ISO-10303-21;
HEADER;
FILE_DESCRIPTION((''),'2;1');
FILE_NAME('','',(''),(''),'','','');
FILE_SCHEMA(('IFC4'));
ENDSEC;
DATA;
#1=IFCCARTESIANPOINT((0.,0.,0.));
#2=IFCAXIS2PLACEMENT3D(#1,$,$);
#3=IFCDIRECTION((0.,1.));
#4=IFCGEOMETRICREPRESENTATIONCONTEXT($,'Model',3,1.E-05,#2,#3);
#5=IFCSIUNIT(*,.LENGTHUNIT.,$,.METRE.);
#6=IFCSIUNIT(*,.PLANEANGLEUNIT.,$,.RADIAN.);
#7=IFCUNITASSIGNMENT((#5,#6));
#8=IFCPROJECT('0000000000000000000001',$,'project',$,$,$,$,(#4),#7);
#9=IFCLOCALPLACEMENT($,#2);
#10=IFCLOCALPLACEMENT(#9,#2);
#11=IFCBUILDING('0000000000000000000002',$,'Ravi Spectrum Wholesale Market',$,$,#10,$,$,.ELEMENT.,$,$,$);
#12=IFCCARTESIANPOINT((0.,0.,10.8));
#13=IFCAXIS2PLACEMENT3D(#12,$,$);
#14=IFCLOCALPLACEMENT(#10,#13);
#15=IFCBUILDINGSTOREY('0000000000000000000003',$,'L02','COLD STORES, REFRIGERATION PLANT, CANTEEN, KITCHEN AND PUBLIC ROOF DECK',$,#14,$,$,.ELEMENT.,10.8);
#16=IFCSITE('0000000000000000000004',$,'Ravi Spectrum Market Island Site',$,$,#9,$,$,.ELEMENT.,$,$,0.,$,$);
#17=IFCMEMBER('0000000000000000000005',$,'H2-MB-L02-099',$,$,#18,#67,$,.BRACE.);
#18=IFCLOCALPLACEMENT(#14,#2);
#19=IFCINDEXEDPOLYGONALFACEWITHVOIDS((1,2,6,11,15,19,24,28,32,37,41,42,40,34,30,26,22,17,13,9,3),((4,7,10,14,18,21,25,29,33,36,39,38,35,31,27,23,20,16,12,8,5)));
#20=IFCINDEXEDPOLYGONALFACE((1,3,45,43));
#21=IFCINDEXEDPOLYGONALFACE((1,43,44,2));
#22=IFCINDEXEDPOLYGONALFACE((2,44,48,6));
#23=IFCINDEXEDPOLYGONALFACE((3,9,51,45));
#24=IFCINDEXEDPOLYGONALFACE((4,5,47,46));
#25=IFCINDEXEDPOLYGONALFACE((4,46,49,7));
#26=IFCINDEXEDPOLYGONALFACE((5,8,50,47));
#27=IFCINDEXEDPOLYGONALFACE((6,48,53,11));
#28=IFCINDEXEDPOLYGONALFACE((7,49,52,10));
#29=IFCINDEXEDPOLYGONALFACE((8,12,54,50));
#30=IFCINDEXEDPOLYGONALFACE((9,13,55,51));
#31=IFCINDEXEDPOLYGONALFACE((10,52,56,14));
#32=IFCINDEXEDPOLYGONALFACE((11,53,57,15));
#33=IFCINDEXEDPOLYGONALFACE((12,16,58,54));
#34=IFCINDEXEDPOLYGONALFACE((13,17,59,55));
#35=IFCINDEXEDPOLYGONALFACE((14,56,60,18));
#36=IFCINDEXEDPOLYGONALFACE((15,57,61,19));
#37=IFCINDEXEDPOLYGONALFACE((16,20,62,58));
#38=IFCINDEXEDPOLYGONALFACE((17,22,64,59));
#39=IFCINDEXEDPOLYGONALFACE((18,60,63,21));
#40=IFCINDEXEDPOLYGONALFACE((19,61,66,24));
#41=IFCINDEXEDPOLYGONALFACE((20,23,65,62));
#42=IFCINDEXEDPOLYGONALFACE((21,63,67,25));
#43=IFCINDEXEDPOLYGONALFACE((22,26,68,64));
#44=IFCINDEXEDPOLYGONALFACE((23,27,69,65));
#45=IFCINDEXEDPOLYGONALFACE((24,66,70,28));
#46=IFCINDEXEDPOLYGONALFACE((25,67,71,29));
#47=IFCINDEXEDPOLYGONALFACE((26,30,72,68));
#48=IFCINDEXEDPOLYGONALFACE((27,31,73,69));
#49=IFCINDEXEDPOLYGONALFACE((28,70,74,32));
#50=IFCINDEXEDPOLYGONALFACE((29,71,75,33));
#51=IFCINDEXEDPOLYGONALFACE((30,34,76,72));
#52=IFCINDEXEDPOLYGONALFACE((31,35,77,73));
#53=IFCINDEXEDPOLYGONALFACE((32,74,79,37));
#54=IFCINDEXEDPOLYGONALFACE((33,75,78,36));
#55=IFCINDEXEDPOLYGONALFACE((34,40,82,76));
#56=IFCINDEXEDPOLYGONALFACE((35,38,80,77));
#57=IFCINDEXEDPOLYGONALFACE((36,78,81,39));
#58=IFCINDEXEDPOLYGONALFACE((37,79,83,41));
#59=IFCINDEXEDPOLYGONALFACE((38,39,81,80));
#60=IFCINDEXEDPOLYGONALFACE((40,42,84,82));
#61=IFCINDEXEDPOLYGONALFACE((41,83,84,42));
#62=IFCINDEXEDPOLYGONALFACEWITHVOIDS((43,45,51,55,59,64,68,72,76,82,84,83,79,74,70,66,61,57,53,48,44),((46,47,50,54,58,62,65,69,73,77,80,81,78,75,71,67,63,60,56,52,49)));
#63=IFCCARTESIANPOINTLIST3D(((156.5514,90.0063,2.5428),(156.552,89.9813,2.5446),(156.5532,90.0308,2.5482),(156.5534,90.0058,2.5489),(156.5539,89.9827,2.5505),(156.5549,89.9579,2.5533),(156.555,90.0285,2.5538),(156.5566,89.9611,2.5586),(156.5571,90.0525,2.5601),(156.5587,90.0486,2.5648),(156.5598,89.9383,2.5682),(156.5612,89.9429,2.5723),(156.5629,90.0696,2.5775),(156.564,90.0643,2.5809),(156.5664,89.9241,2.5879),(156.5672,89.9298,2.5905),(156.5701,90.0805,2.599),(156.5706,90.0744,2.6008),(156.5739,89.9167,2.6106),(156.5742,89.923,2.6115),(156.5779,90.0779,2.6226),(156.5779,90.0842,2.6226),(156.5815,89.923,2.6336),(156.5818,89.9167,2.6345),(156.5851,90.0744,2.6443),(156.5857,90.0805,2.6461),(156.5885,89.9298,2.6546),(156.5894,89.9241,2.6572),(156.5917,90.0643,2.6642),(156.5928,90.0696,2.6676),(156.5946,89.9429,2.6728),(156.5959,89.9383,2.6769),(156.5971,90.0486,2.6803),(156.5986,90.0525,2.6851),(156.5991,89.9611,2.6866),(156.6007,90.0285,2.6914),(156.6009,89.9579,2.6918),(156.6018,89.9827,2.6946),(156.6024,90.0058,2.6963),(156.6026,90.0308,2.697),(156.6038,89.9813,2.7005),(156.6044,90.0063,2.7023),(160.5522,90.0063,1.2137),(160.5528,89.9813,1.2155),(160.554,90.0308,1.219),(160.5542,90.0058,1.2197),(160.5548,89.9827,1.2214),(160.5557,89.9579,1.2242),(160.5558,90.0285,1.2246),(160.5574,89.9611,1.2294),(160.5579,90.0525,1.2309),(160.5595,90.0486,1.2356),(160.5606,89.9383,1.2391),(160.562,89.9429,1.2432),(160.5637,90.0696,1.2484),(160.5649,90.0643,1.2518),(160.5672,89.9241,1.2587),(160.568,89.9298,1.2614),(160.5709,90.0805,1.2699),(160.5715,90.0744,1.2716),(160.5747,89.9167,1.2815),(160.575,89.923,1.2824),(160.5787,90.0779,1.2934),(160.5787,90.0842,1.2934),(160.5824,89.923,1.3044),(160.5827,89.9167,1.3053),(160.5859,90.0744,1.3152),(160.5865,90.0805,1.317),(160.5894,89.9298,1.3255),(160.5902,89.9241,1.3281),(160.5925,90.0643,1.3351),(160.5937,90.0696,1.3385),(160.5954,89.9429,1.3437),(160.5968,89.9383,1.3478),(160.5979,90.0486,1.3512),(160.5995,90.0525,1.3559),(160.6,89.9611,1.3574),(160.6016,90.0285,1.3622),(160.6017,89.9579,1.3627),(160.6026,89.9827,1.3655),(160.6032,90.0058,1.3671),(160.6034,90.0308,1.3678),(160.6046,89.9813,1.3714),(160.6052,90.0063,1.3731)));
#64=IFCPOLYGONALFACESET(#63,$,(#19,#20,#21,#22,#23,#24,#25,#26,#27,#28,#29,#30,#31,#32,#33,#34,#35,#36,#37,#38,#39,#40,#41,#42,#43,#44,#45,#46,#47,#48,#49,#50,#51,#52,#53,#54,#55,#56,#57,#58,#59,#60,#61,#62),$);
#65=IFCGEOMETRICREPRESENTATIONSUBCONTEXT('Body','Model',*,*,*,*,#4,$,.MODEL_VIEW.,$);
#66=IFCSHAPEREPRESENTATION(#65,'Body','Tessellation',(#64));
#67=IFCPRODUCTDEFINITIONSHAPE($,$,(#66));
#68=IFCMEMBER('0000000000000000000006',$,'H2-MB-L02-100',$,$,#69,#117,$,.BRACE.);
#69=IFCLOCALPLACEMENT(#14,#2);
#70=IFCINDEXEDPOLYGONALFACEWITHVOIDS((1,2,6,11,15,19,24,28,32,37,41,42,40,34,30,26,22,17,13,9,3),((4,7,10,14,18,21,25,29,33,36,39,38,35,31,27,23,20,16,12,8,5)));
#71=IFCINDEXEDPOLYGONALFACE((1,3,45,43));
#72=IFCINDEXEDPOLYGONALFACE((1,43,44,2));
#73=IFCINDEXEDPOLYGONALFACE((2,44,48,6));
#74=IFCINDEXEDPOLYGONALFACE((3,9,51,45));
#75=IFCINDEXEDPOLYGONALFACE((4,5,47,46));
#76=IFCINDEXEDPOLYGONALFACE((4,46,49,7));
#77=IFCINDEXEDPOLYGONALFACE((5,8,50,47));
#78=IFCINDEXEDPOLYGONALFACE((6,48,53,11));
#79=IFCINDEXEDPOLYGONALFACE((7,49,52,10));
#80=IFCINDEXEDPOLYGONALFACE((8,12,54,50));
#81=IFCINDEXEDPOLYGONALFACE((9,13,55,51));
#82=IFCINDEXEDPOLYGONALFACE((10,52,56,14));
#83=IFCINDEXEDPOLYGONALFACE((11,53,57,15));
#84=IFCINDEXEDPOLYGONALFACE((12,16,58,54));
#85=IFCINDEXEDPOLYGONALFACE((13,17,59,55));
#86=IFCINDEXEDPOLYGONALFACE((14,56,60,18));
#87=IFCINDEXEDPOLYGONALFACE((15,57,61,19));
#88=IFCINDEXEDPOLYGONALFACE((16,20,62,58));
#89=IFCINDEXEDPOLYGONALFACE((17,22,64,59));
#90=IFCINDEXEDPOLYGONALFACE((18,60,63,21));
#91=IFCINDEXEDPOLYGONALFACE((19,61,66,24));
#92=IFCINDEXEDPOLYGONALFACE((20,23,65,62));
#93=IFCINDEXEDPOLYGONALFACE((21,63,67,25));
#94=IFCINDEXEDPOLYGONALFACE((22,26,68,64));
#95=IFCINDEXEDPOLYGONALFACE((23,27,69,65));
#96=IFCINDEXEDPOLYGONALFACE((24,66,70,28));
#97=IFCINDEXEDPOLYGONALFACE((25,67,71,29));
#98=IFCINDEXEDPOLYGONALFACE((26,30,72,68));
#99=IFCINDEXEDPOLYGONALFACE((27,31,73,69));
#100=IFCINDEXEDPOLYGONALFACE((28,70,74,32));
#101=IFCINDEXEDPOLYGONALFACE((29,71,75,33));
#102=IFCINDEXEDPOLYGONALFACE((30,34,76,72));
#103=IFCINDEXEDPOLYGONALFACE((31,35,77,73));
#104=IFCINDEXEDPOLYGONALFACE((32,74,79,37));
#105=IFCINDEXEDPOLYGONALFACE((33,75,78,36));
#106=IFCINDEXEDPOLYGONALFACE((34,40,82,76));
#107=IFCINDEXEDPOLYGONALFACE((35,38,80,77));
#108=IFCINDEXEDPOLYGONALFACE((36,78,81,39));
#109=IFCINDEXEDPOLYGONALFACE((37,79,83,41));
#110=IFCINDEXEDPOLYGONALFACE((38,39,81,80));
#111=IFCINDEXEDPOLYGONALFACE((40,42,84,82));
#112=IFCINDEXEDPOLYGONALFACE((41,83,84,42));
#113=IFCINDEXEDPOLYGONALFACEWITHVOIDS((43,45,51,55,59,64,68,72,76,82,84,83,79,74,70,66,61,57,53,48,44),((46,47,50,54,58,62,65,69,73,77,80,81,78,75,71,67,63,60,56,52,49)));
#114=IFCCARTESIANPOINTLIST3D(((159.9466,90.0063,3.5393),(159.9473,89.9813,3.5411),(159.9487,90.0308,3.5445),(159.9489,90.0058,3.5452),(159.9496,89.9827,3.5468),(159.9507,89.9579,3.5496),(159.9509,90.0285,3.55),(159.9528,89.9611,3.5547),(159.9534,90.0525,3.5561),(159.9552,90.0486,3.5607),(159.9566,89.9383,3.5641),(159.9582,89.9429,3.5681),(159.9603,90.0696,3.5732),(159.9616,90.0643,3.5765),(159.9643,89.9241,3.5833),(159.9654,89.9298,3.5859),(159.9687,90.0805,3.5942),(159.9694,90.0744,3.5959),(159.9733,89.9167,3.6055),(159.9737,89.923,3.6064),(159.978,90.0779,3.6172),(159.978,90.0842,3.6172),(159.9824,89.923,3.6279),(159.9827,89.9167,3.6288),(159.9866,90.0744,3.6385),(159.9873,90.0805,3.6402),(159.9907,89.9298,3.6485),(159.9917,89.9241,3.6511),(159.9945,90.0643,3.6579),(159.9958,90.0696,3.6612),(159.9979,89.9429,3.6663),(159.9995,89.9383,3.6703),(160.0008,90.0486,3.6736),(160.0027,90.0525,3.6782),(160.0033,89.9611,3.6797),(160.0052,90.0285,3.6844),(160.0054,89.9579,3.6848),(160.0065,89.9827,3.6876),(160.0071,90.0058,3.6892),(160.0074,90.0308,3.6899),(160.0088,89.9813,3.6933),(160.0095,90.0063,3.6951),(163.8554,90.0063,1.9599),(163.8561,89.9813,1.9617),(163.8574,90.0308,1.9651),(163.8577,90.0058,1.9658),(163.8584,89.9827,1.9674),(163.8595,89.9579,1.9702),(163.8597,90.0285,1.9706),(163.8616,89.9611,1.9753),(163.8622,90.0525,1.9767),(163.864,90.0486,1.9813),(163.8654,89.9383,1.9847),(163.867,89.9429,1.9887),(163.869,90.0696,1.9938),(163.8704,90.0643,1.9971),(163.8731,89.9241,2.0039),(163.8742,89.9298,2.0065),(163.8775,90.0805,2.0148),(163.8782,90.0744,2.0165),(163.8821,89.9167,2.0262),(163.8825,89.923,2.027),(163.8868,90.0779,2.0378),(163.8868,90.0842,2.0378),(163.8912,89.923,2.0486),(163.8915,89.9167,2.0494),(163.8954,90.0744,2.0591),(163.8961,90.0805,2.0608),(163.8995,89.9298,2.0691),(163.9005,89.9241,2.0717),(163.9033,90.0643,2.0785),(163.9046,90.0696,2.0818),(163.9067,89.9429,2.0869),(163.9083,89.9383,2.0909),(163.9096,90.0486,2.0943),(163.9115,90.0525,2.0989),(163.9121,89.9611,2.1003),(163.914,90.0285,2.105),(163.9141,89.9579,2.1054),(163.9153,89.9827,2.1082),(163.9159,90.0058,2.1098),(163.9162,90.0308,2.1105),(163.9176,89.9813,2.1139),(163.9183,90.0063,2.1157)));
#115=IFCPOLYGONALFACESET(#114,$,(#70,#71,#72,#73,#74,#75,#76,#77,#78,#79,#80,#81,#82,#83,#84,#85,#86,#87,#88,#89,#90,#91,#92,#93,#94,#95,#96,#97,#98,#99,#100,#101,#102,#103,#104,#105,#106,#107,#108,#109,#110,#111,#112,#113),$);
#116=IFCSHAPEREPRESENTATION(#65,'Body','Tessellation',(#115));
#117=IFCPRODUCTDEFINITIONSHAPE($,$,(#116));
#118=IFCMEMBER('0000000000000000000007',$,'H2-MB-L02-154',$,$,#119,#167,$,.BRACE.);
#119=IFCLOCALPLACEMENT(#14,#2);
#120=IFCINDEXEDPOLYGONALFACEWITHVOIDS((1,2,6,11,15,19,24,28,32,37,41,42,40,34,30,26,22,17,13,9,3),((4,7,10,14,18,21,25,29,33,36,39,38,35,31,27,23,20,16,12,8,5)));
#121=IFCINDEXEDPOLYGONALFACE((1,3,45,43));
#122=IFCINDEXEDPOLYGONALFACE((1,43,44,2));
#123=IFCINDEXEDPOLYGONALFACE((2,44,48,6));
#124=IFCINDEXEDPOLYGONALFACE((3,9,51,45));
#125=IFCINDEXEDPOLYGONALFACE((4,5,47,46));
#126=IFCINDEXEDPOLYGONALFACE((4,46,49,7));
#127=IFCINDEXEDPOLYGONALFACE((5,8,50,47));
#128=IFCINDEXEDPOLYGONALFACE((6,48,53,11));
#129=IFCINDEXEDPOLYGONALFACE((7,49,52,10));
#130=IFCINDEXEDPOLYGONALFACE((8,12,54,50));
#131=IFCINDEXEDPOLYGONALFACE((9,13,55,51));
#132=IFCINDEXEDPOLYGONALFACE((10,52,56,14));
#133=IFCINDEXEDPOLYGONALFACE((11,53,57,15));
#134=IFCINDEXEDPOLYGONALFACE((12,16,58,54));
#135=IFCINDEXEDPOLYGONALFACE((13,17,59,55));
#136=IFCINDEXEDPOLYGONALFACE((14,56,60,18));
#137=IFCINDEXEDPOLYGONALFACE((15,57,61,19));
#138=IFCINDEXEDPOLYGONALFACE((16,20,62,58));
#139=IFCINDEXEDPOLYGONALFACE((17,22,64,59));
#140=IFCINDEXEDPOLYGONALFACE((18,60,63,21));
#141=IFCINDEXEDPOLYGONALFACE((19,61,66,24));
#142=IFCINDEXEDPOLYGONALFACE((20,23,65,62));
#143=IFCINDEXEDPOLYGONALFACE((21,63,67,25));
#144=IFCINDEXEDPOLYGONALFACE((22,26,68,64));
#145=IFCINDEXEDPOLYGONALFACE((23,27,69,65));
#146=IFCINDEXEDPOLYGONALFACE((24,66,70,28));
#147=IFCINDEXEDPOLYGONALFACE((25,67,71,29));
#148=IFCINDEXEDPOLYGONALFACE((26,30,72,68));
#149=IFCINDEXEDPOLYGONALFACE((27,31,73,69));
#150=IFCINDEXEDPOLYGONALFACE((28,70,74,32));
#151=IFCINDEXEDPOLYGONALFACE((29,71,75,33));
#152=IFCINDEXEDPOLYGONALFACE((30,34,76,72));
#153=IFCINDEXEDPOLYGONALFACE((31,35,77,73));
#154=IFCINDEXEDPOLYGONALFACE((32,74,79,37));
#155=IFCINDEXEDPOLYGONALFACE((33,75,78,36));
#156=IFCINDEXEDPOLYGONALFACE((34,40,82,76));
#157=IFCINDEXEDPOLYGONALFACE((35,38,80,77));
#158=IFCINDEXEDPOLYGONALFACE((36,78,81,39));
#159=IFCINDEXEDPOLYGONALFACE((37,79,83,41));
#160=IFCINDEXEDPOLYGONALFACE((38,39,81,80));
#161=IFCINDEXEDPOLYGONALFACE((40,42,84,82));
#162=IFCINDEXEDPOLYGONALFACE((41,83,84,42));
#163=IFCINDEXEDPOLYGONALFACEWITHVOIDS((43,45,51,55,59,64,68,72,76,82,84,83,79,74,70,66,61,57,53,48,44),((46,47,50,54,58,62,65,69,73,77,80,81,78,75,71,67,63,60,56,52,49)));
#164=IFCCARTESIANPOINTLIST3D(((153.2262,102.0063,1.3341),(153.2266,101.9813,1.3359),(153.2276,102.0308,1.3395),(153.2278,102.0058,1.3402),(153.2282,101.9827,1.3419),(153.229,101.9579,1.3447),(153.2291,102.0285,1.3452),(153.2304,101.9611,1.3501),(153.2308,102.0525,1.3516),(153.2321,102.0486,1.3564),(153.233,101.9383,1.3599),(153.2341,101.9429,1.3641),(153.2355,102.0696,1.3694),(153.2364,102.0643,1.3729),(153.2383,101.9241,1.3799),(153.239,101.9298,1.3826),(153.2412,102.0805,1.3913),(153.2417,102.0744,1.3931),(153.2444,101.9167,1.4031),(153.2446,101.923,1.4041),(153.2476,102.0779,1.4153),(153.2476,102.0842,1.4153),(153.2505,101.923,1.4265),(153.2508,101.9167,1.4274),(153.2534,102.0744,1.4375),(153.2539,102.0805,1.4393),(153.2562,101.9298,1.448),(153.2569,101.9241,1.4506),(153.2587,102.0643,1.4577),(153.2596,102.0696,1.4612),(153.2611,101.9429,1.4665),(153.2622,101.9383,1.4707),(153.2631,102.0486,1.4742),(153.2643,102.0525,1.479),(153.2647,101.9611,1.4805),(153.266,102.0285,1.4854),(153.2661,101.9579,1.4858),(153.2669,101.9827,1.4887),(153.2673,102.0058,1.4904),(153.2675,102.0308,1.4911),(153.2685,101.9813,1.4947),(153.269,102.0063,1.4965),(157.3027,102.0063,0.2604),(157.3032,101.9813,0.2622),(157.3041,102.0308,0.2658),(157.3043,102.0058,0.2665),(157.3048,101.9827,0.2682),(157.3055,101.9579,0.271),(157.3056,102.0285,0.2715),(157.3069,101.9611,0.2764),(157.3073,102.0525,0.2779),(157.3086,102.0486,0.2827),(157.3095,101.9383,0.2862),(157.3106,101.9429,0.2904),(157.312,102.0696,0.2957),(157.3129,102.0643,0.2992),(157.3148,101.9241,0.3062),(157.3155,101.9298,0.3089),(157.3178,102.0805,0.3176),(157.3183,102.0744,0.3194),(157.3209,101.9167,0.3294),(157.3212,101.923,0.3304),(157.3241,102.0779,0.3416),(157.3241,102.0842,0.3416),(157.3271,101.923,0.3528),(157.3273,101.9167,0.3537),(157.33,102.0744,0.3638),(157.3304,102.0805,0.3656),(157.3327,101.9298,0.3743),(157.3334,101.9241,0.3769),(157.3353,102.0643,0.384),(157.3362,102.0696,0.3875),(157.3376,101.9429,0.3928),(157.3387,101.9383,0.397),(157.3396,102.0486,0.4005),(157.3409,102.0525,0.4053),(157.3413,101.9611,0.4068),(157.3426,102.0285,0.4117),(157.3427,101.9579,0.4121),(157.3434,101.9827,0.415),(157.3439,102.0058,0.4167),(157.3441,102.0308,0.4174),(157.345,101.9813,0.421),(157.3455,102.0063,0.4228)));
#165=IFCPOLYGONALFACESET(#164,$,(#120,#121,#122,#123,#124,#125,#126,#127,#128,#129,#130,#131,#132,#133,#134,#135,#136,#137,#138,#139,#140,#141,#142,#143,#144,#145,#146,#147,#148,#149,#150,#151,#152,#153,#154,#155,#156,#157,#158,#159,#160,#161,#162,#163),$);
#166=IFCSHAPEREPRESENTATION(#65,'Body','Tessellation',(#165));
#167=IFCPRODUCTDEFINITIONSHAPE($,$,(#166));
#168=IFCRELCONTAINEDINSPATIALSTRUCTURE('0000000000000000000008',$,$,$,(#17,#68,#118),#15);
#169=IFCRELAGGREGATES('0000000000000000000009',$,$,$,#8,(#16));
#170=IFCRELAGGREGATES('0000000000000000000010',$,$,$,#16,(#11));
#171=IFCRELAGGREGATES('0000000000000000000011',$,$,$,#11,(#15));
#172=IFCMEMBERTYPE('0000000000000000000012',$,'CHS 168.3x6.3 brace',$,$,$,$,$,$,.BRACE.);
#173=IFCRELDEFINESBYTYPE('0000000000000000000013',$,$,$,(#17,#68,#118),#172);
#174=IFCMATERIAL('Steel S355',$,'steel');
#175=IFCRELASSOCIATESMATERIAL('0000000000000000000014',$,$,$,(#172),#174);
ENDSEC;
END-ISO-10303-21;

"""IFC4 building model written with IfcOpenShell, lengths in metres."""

from ifc_helpers import new_model, si_unit, direction, frame, origin, origin_2d, place, context, subcontext, project, spatial, hollow_circle, extrude, material, material_profile, profile_set, type_object, element, save


model = new_model("IFC4")

# Units and contexts
model_context = context("Model", 3, precision=1e-05, world=origin(), true_north=direction((0.0, 1.0)))
body_context = subcontext(model_context, "Body", "Model", "MODEL_VIEW")
ifc_project = project(units=[si_unit("LENGTHUNIT", "METRE"), si_unit("PLANEANGLEUNIT", "RADIAN")], contexts=[model_context])

# Site, building, storey
site_placement = place(None, origin())
site = spatial("IfcSite", under=ifc_project, at=site_placement, Name="Ravi Spectrum Market Island Site", CompositionType="ELEMENT", RefElevation=0.0)
building_placement = place(site_placement, origin())
building = spatial("IfcBuilding", under=site, at=building_placement, Name="Ravi Spectrum Wholesale Market", CompositionType="ELEMENT")
storey_placement = place(building_placement, frame((0.0, 0.0, 10.8)))
storey = spatial("IfcBuildingStorey", under=building, at=storey_placement, Name="L02", Description="COLD STORES, REFRIGERATION PLANT, CANTEEN, KITCHEN AND PUBLIC ROOF DECK", CompositionType="ELEMENT", Elevation=10.8)

# Members
ifc_material_1 = material(Name="Steel S355", Category="steel")
ifc_material_profile_1 = material_profile(ifc_material_1, hollow_circle(Radius=0.0842, WallThickness=0.0063, at=origin_2d()))
ifc_profile_set_1 = profile_set([ifc_material_profile_1], Name="Steel S355")
member_type_1 = type_object("IfcMemberType", Name="CHS 168.3x6.3 brace", PredefinedType="BRACE", material=ifc_profile_set_1)
for number, where, z_axis, x_axis, name in (
    (1, (156.5779, 90.0, 2.6226), (0.949001, 0.0, -0.315272), (0.0, 1.0, 0.0), "H2-MB-L02-099"),
    (2, (159.978, 90.0, 3.6172), (0.927173, 0.0, -0.374633), (0.0, 1.0, 0.0), "H2-MB-L02-100"),
):
    element("IfcMember", number, at=place(storey_placement, frame(where, z_axis=z_axis, x_axis=x_axis)), inside=storey, type_object=member_type_1, Name=name, PredefinedType="BRACE", context=body_context, shape_type="SweptSolid", body=[
        extrude(hollow_circle(Radius=0.0842, WallThickness=0.0063, at=origin_2d()), origin(), (0.0, 0.0, 1.0), 4.2158),
    ])
member_1_placement = place(storey_placement, frame((153.2476, 102.0, 1.4153), z_axis=(0.967021, 0.0, -0.254699), x_axis=(0.0, 1.0, 0.0)))
element("IfcMember", 3, at=member_1_placement, inside=storey, type_object=member_type_1, Name="H2-MB-L02-154", PredefinedType="BRACE", context=body_context, shape_type="SweptSolid", body=[
    extrude(hollow_circle(Radius=0.0842, WallThickness=0.0063, at=origin_2d()), origin(), (0.0, 0.0, 1.0), 4.2156),
])

save(model, "model.ifc")
